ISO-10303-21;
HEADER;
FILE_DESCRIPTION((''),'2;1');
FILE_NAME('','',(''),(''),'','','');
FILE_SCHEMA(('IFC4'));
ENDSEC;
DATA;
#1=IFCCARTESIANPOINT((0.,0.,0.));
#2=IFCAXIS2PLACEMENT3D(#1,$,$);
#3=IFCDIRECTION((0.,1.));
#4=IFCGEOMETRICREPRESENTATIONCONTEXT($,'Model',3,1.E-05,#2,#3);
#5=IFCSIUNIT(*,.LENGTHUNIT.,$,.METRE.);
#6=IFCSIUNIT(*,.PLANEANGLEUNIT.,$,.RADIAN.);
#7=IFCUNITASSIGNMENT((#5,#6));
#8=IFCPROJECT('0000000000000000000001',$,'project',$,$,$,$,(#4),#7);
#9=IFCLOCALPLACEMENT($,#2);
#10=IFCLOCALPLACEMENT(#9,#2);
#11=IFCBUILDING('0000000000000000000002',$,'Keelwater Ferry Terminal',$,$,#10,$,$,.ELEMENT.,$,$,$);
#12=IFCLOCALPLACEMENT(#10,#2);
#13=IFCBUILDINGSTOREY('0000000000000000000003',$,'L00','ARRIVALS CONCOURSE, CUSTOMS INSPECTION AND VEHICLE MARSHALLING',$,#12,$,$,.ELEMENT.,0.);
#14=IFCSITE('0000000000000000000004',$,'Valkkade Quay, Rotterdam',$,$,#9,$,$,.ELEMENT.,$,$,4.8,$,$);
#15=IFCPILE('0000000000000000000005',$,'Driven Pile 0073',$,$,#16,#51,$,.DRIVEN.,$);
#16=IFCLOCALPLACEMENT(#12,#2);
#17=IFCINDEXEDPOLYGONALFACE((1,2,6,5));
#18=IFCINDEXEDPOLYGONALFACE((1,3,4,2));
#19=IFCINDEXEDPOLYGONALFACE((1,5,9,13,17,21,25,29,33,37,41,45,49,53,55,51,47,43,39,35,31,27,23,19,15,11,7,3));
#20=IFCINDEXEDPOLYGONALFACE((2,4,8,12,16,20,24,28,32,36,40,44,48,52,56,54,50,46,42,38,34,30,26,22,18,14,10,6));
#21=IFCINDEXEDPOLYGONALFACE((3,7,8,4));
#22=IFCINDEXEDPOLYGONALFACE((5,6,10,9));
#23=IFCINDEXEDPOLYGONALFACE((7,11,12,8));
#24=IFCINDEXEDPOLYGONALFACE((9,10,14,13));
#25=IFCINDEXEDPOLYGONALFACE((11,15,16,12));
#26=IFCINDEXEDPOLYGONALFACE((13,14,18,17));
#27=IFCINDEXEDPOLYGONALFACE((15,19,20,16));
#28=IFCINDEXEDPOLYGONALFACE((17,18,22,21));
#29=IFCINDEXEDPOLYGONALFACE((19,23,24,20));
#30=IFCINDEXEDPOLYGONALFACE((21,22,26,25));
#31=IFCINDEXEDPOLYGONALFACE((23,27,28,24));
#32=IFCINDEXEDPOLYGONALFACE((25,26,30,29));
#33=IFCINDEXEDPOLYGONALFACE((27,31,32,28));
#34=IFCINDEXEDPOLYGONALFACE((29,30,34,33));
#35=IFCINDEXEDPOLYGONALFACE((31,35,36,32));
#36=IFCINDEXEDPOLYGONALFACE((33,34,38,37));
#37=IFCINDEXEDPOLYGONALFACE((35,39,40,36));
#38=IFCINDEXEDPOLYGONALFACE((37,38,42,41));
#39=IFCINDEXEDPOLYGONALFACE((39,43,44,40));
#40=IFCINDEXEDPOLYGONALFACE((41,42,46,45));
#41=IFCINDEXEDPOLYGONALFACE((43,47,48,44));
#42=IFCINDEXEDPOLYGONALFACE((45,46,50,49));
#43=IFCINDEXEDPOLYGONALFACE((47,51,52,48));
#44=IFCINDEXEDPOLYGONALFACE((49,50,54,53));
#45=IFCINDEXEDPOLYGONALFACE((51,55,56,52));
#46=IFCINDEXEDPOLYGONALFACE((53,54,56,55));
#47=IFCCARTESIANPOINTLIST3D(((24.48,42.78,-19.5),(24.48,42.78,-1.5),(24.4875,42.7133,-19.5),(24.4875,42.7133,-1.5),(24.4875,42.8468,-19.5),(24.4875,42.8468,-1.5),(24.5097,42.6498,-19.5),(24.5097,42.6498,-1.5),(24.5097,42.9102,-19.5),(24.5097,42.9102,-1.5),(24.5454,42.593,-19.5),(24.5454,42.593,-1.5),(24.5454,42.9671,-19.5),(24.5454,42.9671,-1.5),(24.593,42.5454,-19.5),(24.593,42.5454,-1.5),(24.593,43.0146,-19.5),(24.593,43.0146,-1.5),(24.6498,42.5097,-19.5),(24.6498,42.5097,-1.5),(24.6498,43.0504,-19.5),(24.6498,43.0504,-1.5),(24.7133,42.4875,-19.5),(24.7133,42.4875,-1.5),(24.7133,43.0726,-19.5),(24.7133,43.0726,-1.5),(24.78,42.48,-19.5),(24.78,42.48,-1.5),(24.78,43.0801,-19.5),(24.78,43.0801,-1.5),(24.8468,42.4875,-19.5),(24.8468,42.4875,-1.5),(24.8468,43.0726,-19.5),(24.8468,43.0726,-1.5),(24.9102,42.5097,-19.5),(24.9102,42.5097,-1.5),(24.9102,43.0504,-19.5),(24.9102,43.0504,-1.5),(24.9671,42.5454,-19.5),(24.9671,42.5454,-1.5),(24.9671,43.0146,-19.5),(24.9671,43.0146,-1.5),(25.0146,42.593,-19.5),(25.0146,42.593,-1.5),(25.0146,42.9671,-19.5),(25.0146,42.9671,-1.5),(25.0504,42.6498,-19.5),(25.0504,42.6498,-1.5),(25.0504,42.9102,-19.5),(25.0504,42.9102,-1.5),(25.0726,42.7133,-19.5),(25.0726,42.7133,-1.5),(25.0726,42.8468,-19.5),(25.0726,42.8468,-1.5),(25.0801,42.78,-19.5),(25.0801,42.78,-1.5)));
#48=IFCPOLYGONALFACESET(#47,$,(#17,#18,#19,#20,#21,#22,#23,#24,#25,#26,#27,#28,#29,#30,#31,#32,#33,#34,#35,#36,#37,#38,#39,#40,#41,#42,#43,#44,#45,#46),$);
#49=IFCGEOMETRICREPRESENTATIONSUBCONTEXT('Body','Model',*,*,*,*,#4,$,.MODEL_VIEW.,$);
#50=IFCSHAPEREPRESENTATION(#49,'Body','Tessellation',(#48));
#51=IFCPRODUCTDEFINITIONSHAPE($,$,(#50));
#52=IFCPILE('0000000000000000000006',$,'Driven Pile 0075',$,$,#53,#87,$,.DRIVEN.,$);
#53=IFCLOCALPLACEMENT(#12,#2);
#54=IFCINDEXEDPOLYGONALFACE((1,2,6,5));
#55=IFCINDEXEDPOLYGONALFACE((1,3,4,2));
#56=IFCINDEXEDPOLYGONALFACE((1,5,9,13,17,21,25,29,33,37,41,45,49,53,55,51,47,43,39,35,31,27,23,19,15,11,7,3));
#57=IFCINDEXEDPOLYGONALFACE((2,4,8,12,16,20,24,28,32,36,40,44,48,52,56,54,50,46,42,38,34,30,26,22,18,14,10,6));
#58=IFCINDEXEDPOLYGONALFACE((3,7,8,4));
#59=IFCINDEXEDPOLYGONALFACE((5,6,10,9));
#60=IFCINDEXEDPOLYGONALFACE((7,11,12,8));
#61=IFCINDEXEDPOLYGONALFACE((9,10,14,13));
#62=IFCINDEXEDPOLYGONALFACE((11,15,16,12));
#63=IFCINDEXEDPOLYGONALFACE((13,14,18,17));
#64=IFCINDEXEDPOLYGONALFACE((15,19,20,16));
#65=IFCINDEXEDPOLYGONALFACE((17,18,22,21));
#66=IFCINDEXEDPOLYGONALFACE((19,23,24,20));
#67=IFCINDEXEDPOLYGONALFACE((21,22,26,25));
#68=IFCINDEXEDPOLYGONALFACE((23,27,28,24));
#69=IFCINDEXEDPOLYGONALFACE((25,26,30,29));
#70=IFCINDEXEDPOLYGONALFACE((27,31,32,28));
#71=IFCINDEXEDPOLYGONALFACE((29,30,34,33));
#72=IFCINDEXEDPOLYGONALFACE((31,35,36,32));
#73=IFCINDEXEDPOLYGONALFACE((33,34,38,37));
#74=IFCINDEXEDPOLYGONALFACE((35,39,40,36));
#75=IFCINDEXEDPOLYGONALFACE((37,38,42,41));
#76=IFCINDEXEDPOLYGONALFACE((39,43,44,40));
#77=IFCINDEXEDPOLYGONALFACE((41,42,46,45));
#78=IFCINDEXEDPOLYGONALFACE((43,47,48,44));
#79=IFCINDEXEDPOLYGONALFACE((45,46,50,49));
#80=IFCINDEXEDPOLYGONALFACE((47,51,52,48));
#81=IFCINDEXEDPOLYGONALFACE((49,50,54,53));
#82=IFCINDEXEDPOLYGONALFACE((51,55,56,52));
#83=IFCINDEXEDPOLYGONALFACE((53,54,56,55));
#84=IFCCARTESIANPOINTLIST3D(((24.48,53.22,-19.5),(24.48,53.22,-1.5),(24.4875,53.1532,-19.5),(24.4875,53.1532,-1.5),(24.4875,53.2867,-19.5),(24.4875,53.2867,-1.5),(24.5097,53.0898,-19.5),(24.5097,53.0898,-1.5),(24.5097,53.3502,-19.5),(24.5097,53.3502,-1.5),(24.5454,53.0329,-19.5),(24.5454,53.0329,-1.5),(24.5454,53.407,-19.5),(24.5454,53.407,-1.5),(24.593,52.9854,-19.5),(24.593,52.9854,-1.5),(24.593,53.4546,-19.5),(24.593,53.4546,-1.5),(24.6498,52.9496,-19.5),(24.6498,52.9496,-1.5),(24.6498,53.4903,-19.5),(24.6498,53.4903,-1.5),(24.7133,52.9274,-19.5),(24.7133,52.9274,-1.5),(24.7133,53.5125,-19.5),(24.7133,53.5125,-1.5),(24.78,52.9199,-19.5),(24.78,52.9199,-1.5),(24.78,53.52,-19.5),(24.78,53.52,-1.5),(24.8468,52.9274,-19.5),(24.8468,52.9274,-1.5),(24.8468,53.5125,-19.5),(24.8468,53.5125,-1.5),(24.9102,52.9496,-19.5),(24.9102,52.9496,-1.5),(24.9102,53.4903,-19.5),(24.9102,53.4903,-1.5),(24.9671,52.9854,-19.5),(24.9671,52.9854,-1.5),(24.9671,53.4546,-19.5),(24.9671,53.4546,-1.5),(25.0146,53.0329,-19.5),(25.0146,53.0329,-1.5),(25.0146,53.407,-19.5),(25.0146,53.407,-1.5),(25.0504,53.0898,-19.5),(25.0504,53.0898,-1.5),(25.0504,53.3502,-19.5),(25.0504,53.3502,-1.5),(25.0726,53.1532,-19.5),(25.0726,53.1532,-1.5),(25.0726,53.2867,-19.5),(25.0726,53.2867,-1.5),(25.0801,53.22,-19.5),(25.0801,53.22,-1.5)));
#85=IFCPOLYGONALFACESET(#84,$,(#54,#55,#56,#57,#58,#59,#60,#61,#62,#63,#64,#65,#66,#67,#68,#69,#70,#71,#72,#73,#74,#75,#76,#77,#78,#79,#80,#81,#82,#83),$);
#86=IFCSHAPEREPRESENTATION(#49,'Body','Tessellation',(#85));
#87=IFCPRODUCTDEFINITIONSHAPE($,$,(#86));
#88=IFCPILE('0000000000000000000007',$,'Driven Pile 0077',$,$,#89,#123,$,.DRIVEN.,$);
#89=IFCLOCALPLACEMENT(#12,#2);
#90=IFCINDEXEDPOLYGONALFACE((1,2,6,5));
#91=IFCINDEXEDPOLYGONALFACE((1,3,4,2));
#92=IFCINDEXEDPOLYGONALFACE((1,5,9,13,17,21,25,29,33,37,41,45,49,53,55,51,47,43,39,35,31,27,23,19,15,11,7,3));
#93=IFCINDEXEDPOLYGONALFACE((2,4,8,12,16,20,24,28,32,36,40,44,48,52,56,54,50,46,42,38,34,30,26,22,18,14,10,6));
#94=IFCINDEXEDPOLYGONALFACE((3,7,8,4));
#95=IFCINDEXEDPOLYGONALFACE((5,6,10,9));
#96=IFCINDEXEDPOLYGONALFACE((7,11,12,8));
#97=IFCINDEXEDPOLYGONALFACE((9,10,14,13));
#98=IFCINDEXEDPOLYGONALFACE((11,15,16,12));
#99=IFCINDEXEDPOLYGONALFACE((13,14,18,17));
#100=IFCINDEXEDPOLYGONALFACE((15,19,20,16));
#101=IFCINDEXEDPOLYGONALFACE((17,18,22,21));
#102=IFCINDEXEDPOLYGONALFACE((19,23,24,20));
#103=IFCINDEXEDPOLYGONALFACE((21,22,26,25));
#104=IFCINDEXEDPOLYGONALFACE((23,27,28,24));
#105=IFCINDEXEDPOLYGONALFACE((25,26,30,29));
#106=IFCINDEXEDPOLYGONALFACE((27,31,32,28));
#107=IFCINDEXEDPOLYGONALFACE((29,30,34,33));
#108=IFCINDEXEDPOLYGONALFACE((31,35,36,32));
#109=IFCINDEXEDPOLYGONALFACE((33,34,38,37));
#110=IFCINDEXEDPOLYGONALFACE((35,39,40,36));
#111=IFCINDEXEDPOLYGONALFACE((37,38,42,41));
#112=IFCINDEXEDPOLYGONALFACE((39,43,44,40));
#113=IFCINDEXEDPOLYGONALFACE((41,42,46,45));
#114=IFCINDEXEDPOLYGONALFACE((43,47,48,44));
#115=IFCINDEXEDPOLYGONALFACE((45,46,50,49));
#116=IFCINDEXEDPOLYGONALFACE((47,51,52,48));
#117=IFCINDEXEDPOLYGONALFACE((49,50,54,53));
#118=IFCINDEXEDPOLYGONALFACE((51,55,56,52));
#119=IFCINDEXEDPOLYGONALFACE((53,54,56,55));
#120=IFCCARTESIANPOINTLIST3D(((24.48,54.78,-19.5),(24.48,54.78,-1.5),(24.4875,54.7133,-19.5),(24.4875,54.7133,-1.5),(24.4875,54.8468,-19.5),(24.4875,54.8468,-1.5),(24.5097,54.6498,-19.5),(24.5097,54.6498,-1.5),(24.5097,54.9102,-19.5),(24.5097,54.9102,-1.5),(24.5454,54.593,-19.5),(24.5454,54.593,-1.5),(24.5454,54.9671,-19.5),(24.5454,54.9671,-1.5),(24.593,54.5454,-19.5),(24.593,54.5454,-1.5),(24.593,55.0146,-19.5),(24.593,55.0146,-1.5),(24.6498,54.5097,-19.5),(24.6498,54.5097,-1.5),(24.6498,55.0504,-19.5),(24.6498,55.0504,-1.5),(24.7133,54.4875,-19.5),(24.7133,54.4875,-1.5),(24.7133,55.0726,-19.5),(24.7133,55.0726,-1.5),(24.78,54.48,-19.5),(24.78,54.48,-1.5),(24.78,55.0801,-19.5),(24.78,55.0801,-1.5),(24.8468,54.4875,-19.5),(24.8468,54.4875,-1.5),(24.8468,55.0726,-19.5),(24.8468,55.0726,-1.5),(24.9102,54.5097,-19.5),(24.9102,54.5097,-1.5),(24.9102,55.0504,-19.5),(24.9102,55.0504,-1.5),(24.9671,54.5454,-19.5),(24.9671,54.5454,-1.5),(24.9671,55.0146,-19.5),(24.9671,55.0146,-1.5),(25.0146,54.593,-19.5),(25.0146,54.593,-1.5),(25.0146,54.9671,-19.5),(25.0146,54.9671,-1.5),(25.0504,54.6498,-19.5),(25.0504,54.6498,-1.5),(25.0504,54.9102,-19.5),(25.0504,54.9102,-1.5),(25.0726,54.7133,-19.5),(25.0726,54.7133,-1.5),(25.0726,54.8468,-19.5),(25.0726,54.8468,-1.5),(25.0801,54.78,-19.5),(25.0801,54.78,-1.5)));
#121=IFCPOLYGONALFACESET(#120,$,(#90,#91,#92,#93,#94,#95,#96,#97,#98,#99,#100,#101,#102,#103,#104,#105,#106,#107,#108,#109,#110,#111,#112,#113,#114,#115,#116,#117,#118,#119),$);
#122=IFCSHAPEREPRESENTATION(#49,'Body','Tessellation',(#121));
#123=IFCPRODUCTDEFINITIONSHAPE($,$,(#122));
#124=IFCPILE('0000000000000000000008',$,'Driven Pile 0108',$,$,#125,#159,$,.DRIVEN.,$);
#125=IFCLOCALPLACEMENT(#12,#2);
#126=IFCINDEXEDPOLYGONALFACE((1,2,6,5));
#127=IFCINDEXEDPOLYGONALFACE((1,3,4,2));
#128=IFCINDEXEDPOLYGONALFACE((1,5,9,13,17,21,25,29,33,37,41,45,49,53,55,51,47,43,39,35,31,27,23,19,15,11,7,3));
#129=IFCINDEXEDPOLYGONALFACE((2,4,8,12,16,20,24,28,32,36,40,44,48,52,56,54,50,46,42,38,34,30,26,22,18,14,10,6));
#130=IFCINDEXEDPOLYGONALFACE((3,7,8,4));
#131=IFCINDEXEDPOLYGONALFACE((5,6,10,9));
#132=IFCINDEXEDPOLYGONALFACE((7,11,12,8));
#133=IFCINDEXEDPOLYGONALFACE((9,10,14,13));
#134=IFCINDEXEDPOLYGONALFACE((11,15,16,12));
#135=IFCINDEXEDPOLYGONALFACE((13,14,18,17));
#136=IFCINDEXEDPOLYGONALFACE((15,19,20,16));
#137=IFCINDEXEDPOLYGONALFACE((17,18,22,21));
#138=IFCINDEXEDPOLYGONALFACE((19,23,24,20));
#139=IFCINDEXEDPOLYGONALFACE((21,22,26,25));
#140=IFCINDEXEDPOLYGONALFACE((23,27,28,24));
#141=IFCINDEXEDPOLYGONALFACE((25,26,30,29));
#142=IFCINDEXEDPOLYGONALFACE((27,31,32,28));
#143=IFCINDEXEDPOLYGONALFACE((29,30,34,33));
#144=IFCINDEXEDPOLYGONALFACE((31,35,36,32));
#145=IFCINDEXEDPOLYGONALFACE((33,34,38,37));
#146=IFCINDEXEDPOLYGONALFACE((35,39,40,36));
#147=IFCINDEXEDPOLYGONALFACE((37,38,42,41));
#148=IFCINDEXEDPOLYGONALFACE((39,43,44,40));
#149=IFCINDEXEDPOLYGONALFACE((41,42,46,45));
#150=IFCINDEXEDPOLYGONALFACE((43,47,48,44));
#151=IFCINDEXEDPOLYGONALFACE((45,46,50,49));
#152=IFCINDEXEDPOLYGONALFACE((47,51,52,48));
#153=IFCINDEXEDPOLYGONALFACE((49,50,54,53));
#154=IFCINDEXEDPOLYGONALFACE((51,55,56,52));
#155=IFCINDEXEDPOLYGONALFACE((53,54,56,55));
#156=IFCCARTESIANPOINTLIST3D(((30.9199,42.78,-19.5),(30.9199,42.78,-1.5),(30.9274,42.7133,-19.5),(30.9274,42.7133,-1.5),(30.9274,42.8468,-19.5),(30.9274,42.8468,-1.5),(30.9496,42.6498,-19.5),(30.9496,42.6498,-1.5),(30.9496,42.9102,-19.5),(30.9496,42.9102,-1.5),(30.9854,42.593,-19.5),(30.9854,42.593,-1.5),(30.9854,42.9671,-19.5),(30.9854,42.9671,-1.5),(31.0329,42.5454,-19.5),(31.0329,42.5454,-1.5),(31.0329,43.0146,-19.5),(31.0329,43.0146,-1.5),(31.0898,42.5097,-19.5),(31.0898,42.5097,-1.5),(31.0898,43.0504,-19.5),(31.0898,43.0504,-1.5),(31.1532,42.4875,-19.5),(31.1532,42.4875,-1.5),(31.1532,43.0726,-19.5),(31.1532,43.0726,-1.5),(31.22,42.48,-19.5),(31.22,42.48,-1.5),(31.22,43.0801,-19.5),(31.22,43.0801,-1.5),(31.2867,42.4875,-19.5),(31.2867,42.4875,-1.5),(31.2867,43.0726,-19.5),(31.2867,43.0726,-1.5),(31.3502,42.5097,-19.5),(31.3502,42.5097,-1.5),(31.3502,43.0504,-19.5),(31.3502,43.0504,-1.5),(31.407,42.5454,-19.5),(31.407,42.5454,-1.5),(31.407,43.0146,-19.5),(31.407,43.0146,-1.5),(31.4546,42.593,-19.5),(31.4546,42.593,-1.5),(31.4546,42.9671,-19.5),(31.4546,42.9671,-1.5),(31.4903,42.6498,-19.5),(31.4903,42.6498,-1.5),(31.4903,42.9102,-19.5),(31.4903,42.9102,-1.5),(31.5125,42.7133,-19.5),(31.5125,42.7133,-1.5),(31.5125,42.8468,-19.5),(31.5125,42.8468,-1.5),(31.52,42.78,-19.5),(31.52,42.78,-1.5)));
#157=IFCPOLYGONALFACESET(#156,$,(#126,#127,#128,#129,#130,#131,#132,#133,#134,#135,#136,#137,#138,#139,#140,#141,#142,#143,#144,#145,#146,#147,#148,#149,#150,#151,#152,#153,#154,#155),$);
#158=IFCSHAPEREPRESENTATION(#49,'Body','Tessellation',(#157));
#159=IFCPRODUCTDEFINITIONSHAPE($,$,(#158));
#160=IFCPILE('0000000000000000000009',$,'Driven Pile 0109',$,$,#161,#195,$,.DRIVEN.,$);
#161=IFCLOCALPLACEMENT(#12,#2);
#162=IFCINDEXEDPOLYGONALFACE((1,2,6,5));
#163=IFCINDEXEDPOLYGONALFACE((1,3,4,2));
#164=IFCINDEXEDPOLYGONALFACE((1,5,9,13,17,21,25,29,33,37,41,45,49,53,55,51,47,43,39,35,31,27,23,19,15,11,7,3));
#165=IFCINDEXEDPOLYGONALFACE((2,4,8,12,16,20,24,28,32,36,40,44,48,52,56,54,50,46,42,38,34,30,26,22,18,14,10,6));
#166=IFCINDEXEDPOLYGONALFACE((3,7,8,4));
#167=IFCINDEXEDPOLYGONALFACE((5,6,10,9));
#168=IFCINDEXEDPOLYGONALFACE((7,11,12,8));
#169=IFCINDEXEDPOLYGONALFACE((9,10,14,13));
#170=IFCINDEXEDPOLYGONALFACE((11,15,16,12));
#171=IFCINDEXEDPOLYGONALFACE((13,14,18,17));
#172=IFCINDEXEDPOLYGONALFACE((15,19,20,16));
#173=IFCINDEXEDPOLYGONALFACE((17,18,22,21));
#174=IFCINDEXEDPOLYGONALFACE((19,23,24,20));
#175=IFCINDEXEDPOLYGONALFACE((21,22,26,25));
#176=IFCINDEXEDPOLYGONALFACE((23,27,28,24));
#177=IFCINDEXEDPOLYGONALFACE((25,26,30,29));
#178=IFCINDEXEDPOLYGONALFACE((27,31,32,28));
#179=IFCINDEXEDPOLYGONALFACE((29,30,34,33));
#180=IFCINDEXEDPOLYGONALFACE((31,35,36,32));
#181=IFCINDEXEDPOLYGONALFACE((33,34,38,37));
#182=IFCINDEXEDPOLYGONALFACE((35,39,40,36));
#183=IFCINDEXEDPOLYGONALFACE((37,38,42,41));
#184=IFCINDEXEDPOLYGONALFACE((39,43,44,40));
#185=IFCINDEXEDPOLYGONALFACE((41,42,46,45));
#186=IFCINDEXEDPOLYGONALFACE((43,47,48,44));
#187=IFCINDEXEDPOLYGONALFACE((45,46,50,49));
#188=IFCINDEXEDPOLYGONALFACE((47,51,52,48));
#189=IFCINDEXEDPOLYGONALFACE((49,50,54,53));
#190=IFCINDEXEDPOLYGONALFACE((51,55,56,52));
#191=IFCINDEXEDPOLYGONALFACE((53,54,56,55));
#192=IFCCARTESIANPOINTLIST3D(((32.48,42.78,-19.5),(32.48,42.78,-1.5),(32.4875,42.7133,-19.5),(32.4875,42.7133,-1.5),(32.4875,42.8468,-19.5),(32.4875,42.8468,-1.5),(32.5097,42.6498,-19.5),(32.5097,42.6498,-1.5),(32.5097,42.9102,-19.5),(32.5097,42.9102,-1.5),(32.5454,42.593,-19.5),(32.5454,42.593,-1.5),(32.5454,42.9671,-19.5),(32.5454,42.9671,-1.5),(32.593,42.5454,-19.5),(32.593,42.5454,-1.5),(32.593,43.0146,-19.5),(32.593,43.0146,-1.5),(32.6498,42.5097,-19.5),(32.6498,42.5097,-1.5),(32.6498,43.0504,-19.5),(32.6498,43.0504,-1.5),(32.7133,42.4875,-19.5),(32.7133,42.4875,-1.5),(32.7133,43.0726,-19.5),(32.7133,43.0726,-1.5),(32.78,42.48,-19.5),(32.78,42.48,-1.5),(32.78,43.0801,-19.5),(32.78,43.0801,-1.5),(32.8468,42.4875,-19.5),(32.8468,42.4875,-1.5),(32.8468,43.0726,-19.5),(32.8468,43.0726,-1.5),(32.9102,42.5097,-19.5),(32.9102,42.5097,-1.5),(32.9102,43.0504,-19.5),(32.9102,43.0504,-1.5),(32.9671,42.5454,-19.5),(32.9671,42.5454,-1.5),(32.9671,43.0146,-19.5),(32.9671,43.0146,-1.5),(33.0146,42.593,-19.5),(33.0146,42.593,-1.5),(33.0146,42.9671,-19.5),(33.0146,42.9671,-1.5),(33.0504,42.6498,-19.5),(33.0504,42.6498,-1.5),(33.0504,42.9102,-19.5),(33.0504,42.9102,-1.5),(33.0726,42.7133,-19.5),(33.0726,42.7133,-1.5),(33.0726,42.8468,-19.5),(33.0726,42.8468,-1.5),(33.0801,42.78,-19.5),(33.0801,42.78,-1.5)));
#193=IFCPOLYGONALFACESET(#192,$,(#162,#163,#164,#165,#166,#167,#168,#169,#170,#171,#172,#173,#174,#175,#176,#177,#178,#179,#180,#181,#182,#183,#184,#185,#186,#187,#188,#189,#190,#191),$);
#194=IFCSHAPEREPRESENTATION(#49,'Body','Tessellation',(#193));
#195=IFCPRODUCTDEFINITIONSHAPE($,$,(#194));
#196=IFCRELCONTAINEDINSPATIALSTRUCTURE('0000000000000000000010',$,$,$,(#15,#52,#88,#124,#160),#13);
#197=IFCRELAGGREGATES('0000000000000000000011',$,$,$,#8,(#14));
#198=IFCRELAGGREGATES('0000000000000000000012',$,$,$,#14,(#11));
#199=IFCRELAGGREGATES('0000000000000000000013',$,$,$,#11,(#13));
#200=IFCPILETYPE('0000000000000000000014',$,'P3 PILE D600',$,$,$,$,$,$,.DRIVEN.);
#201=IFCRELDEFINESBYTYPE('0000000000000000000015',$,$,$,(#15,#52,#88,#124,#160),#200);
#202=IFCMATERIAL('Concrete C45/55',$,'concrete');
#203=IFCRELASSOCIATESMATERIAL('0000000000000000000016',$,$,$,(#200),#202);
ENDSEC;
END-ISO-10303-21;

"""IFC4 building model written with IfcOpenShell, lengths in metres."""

from ifc_helpers import new_model, si_unit, direction, frame, origin, origin_2d, place, context, subcontext, project, spatial, circle, extrude, material, material_profile, profile_set, type_object, element, save


model = new_model("IFC4")

# Units and contexts
model_context = context("Model", 3, precision=1e-05, world=origin(), true_north=direction((0.0, 1.0)))
body_context = subcontext(model_context, "Body", "Model", "MODEL_VIEW")
ifc_project = project(units=[si_unit("LENGTHUNIT", "METRE"), si_unit("PLANEANGLEUNIT", "RADIAN")], contexts=[model_context])

# Site, building, storey
site_placement = place(None, origin())
site = spatial("IfcSite", under=ifc_project, at=site_placement, Name="Valkkade Quay, Rotterdam", CompositionType="ELEMENT", RefElevation=4.8)
building_placement = place(site_placement, origin())
building = spatial("IfcBuilding", under=site, at=building_placement, Name="Keelwater Ferry Terminal", CompositionType="ELEMENT")
storey_placement = place(building_placement, origin())
storey = spatial("IfcBuildingStorey", under=building, at=storey_placement, Name="L00", Description="ARRIVALS CONCOURSE, CUSTOMS INSPECTION AND VEHICLE MARSHALLING", CompositionType="ELEMENT", Elevation=0.0)

# Piles
ifc_material_1 = material(Name="Concrete C45/55", Category="concrete")
ifc_material_profile_1 = material_profile(ifc_material_1, circle(Radius=0.3, at=origin_2d()), Name="PILE D600")
ifc_profile_set_1 = profile_set([ifc_material_profile_1], Name="Concrete C45/55")
pile_type = type_object("IfcPileType", Name="P3 PILE D600", PredefinedType="DRIVEN", material=ifc_profile_set_1)
for number, where, z_axis, x_axis, name in (
    (1, (24.78, 42.78, -1.5), (0.0, 0.0, -1.0), (1.0, 0.0, 0.0), "Driven Pile 0073"),
    (2, (24.78, 53.22, -1.5), (0.0, 0.0, -1.0), (1.0, 0.0, 0.0), "Driven Pile 0075"),
    (3, (24.78, 54.78, -1.5), (0.0, 0.0, -1.0), (1.0, 0.0, 0.0), "Driven Pile 0077"),
    (4, (31.22, 42.78, -1.5), (0.0, 0.0, -1.0), (1.0, 0.0, 0.0), "Driven Pile 0108"),
    (5, (32.78, 42.78, -1.5), (0.0, 0.0, -1.0), (1.0, 0.0, 0.0), "Driven Pile 0109"),
):
    element("IfcPile", number, at=place(storey_placement, frame(where, z_axis=z_axis, x_axis=x_axis)), inside=storey, type_object=pile_type, Name=name, PredefinedType="DRIVEN", context=body_context, shape_type="SweptSolid", body=[
        extrude(circle(Radius=0.3, at=origin_2d()), origin(), (0.0, 0.0, 1.0), 18.0),
    ])

save(model, "model.ifc")
